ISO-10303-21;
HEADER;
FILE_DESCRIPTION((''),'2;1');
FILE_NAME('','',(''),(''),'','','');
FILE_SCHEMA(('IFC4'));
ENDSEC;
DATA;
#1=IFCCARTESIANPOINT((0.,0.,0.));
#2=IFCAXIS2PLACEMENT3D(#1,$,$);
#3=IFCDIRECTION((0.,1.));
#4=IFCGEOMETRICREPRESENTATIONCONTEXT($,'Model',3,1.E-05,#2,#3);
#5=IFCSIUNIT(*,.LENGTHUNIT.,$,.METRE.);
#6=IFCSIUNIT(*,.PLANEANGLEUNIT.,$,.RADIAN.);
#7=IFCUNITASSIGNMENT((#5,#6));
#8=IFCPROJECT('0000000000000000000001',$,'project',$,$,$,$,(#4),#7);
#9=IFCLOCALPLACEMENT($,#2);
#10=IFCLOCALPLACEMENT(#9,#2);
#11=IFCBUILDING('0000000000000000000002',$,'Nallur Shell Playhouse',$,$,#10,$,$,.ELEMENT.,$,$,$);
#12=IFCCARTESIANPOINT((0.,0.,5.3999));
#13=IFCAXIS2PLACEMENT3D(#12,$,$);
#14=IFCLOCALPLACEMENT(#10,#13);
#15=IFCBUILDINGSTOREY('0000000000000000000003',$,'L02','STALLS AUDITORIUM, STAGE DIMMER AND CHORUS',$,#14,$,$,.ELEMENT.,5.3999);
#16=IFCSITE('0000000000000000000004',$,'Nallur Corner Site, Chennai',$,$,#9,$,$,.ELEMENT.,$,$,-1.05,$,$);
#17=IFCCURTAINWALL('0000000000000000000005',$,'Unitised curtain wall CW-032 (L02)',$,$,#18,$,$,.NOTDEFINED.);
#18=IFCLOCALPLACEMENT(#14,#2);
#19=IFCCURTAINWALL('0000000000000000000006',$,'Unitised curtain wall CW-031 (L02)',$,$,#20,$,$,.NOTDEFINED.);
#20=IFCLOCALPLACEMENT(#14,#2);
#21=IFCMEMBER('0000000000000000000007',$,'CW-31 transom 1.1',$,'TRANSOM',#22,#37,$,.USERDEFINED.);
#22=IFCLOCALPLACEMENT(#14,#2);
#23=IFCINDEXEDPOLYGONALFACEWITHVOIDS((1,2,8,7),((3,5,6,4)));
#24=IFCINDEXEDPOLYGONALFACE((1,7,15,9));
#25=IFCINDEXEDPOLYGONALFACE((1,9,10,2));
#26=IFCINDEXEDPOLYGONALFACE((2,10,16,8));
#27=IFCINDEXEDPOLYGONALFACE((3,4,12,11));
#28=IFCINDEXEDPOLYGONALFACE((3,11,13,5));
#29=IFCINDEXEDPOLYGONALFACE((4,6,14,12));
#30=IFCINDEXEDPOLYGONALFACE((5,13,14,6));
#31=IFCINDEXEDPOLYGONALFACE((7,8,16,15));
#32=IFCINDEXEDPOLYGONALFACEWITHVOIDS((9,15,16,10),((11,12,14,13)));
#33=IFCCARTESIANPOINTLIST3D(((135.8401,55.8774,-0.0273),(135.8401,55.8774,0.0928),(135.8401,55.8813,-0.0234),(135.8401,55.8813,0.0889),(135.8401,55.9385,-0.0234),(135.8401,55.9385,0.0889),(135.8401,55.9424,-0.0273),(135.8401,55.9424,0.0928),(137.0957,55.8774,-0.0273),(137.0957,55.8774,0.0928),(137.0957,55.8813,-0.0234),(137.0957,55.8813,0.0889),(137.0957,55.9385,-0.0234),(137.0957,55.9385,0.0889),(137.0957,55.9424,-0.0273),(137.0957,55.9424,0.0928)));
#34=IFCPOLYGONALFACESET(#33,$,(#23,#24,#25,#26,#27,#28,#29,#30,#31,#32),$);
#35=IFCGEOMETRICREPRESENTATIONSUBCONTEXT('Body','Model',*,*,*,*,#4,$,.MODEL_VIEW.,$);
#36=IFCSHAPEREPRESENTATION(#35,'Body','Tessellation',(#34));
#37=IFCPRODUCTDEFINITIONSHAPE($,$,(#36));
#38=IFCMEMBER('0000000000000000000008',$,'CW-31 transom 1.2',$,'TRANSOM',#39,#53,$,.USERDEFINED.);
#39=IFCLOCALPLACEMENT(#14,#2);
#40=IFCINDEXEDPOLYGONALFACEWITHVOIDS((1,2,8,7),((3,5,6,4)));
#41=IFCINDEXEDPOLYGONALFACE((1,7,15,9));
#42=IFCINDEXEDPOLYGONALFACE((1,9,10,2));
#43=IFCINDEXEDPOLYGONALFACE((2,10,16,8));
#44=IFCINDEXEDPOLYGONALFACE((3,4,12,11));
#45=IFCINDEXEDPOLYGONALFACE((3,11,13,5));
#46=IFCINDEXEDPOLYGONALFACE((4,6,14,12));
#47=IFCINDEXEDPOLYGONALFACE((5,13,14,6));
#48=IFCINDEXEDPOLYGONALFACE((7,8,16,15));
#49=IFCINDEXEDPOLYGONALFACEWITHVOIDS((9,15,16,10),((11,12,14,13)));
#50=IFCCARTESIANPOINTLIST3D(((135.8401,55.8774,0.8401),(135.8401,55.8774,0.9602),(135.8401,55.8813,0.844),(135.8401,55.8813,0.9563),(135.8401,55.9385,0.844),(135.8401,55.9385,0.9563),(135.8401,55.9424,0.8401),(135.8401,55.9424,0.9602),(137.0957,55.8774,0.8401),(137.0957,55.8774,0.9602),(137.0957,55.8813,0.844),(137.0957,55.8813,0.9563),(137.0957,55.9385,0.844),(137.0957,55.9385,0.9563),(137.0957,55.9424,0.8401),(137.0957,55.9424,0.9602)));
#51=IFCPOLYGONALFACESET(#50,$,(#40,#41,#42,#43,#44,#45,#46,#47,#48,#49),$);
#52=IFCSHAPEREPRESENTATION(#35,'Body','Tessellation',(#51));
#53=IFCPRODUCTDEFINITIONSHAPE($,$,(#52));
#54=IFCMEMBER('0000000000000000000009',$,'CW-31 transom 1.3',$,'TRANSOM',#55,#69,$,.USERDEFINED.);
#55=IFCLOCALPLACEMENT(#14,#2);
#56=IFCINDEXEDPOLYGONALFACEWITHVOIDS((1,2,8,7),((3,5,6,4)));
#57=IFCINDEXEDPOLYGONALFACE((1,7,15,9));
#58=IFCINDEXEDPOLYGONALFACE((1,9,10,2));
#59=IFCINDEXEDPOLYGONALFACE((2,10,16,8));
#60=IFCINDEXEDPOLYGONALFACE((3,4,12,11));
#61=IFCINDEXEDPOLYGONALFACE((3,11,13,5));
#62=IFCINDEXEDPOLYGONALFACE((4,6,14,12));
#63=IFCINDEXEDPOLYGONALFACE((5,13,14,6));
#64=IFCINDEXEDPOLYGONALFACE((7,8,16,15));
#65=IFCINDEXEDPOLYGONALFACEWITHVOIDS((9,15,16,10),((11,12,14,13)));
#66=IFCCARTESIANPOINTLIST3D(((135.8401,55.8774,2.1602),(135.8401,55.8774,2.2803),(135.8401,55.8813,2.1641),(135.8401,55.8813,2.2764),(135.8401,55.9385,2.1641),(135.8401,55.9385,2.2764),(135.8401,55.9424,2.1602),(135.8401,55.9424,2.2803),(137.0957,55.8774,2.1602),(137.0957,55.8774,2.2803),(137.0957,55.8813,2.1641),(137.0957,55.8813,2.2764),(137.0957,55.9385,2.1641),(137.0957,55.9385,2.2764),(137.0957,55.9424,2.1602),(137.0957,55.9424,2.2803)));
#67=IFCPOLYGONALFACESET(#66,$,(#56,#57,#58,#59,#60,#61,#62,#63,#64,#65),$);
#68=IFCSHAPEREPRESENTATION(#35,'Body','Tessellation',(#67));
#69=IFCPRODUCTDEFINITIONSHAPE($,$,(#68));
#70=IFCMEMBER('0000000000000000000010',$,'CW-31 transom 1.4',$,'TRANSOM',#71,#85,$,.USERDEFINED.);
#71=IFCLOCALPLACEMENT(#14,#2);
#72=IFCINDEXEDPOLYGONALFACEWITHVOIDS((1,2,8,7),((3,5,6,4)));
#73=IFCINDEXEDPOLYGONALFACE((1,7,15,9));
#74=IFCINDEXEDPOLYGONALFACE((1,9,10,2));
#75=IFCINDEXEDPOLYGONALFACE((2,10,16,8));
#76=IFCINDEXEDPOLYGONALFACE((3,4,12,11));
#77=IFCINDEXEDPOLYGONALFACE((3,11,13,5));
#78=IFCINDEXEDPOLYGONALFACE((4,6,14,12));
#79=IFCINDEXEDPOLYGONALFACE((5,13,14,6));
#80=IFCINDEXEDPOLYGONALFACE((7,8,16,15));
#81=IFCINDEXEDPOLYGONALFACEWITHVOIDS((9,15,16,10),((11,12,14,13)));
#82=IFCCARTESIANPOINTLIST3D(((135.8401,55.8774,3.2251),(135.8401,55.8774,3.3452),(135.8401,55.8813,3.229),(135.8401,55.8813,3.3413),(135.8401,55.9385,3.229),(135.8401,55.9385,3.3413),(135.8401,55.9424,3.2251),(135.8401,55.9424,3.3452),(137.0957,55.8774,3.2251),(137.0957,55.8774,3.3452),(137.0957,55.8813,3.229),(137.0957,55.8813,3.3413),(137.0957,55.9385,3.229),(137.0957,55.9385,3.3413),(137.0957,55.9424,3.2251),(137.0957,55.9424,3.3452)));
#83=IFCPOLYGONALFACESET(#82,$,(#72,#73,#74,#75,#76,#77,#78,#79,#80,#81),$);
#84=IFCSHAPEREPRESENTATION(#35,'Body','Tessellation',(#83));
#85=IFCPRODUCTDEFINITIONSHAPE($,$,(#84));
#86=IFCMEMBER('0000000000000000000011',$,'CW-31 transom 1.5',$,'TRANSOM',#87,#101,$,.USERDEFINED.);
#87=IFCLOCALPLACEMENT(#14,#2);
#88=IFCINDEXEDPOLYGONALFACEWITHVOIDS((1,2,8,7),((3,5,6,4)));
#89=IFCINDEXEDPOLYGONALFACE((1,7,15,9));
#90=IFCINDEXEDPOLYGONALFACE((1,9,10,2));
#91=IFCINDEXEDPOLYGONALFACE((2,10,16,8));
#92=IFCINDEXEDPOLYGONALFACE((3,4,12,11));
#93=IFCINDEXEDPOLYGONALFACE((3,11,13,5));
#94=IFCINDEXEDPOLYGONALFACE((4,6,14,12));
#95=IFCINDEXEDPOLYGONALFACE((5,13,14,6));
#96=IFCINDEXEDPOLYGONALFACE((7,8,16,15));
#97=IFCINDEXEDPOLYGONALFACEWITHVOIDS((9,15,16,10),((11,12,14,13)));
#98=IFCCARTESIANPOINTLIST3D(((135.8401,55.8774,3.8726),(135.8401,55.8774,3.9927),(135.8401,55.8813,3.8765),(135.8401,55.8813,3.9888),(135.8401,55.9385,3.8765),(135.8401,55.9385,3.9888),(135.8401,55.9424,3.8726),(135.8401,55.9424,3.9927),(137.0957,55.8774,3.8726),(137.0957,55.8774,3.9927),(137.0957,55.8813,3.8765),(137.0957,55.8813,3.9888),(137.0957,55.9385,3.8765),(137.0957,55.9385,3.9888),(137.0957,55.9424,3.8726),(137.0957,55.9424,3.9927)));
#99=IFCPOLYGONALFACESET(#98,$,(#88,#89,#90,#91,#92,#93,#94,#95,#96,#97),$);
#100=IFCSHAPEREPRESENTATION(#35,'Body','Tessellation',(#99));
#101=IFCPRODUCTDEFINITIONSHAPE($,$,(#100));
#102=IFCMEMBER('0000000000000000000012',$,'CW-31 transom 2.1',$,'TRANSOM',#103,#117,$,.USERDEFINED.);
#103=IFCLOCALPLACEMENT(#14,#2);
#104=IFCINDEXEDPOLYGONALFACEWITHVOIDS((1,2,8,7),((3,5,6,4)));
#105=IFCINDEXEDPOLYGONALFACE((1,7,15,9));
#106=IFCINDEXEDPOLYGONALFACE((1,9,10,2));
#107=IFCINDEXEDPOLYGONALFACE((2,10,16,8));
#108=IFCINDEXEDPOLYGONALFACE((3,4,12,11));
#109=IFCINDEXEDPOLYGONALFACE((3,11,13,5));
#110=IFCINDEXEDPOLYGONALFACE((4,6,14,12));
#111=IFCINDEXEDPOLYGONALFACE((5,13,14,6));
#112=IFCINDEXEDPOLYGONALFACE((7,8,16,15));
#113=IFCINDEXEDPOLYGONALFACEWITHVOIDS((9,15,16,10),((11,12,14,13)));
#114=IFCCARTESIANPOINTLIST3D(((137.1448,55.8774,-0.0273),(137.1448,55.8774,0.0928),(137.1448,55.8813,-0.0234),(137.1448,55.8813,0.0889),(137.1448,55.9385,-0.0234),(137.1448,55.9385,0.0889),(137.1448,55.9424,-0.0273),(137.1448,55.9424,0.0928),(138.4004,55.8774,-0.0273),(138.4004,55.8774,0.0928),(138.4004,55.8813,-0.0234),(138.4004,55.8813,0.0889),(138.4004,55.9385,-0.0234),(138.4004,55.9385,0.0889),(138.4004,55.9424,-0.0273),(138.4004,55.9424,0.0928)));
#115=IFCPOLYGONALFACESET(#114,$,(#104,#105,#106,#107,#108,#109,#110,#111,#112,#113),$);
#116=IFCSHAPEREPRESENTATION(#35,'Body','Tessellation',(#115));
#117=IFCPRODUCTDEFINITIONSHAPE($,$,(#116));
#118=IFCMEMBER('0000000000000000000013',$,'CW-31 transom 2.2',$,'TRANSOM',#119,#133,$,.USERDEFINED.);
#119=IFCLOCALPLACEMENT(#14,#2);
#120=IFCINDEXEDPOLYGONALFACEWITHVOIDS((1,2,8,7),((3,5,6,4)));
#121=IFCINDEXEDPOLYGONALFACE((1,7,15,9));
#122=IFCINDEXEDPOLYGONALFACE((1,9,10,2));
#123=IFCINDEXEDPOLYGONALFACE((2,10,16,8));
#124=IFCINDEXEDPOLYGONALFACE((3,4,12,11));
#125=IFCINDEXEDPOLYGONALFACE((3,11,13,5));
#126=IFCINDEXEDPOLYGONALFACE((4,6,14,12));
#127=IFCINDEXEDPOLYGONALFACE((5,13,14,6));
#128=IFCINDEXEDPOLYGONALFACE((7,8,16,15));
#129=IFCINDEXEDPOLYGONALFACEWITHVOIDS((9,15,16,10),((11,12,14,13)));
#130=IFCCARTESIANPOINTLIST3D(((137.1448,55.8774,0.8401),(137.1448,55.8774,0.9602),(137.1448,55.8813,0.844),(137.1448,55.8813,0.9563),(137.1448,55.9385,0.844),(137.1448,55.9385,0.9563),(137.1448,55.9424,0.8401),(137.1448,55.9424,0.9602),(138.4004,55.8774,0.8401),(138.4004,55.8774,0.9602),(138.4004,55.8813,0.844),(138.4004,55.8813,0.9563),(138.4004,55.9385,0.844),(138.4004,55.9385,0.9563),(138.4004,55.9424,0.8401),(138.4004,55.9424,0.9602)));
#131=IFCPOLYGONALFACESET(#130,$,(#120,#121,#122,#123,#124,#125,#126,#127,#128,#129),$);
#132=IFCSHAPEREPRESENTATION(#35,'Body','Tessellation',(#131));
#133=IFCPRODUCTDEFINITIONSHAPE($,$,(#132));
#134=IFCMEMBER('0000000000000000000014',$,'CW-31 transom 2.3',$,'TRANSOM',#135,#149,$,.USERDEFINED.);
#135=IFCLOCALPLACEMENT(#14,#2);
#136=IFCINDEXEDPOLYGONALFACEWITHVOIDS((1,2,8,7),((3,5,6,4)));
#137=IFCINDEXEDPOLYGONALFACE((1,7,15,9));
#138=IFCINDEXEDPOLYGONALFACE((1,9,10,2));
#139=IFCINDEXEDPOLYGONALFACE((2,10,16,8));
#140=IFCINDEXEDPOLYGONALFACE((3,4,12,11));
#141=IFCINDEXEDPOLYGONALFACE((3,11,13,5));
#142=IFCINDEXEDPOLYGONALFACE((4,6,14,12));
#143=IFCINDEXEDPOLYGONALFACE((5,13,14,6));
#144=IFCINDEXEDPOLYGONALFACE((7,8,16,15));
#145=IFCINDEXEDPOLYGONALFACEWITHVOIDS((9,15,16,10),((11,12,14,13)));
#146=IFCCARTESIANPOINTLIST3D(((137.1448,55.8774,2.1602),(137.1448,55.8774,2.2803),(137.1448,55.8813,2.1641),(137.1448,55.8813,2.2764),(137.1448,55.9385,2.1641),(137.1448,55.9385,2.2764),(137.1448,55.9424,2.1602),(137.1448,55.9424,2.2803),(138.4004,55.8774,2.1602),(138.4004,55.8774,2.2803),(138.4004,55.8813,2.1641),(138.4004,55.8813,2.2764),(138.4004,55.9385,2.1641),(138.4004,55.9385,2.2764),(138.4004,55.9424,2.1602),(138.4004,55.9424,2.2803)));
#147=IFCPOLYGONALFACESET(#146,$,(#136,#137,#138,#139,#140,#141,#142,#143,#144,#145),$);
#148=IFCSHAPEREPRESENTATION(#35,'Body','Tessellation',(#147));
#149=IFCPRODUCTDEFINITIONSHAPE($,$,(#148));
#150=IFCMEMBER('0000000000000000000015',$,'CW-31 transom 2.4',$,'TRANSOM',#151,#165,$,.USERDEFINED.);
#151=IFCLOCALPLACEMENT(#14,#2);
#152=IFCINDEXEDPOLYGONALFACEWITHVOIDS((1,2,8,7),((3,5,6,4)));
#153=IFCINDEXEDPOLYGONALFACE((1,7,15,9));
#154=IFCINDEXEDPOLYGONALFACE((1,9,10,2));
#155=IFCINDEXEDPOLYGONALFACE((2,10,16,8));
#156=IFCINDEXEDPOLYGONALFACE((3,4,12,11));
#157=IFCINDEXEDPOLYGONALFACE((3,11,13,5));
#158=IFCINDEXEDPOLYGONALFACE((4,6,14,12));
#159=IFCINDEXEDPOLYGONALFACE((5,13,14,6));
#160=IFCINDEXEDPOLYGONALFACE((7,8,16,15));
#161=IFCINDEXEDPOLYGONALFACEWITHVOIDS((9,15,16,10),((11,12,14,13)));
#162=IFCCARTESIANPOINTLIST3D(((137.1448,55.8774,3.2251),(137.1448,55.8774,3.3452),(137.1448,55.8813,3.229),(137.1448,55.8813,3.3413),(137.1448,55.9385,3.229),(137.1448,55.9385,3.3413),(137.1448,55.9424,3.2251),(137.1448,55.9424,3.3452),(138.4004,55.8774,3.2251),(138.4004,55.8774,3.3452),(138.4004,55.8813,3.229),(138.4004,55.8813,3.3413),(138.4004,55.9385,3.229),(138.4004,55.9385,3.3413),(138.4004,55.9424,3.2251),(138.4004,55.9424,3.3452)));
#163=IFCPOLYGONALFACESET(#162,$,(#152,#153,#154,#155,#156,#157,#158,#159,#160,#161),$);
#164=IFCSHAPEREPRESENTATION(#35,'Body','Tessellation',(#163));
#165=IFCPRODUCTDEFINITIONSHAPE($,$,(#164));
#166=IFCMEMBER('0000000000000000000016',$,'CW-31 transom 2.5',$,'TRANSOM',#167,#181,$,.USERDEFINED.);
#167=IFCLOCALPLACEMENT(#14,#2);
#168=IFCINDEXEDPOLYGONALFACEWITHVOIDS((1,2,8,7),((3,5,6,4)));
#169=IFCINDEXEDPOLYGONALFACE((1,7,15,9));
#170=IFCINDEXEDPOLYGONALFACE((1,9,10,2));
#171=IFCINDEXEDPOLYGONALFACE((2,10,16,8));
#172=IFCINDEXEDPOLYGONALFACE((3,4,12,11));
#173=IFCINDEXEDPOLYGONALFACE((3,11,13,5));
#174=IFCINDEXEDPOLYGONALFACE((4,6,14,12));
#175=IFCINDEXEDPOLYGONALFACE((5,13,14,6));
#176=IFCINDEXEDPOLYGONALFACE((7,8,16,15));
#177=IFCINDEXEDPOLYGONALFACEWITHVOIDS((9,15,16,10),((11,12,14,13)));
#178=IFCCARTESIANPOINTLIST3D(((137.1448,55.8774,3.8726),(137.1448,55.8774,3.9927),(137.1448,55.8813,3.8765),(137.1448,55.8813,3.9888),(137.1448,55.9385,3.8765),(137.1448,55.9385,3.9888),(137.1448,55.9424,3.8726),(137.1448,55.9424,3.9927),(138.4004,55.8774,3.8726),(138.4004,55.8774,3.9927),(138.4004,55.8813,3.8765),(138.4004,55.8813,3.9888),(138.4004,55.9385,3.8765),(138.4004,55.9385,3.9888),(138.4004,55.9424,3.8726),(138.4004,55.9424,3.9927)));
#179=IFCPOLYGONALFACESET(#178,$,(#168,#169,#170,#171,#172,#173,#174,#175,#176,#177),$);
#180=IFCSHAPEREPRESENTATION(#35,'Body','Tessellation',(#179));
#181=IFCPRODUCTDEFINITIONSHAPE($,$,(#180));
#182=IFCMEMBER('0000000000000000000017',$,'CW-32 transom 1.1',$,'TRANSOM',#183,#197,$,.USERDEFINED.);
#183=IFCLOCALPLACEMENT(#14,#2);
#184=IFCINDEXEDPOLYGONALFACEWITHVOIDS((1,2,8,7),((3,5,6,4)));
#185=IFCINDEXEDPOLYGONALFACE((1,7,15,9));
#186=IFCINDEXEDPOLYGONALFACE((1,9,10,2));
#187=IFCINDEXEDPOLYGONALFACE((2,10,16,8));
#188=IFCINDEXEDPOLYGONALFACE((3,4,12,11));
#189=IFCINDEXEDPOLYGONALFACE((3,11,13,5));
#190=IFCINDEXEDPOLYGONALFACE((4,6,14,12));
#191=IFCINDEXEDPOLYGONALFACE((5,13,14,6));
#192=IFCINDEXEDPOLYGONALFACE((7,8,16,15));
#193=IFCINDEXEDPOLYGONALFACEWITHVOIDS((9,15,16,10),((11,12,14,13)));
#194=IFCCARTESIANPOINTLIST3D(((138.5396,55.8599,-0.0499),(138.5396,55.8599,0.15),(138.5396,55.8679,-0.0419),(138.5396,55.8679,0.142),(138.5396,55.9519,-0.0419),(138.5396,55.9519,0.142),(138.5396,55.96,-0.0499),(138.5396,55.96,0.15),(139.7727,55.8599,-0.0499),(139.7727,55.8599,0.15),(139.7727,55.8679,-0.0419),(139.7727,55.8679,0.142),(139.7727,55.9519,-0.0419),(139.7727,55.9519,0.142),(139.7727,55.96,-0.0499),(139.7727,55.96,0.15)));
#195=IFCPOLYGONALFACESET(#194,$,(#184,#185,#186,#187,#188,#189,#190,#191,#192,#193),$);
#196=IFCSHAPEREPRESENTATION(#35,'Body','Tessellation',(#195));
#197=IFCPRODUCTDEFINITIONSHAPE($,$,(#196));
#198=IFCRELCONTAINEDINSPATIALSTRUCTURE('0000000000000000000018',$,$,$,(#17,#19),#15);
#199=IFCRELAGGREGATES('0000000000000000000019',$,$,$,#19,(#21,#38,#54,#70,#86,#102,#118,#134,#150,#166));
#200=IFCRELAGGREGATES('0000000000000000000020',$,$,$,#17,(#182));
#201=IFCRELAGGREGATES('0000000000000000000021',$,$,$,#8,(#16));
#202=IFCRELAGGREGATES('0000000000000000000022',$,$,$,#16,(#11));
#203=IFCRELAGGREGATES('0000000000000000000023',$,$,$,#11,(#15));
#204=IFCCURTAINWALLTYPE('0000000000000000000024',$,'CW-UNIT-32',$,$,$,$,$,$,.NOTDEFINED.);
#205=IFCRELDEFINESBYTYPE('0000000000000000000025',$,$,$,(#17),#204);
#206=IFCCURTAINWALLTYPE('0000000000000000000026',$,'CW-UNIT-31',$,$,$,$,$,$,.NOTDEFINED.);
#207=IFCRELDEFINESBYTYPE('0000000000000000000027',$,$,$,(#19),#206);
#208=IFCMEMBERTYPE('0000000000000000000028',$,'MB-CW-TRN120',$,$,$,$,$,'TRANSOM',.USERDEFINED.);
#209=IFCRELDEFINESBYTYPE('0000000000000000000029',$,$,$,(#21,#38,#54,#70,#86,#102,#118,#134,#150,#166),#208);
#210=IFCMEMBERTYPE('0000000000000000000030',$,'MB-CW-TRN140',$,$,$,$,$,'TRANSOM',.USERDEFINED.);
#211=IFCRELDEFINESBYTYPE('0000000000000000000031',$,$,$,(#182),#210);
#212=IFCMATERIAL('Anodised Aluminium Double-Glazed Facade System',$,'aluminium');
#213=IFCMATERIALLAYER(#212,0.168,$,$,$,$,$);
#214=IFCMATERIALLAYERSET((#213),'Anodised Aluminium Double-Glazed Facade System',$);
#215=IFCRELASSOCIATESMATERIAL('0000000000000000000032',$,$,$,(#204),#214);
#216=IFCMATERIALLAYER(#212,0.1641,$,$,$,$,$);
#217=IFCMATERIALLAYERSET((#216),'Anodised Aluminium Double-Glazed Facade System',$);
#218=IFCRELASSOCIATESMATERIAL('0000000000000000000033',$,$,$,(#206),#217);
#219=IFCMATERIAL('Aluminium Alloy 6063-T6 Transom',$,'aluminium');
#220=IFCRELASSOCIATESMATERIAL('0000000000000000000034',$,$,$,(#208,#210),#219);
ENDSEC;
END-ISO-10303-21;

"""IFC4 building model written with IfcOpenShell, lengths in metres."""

from ifc_helpers import new_model, si_unit, direction, frame, origin, origin_2d, place, context, subcontext, project, spatial, hollow_rectangle, extrude, material, layer, layer_set, material_profile, profile_set, type_object, element, aggregate, save


model = new_model("IFC4")

# Units and contexts
model_context = context("Model", 3, precision=1e-05, world=origin(), true_north=direction((0.0, 1.0)))
body_context = subcontext(model_context, "Body", "Model", "MODEL_VIEW")
ifc_project = project(units=[si_unit("LENGTHUNIT", "METRE"), si_unit("PLANEANGLEUNIT", "RADIAN")], contexts=[model_context])

# Site, building, storey
site_placement = place(None, origin())
site = spatial("IfcSite", under=ifc_project, at=site_placement, Name="Nallur Corner Site, Chennai", CompositionType="ELEMENT", RefElevation=-1.05)
building_placement = place(site_placement, origin())
building = spatial("IfcBuilding", under=site, at=building_placement, Name="Nallur Shell Playhouse", CompositionType="ELEMENT")
storey_placement = place(building_placement, frame((0.0, 0.0, 5.3999)))
storey = spatial("IfcBuildingStorey", under=building, at=storey_placement, Name="L02", Description="STALLS AUDITORIUM, STAGE DIMMER AND CHORUS", CompositionType="ELEMENT", Elevation=5.3999)

# Curtain walls
ifc_material_1 = material(Name="Anodised Aluminium Double-Glazed Facade System", Category="aluminium")
ifc_layer_1 = layer(ifc_material_1, 0.168)
ifc_layer_set_1 = layer_set([ifc_layer_1], Name="Anodised Aluminium Double-Glazed Facade System")
curtain_wall_type_1 = type_object("IfcCurtainWallType", Name="CW-UNIT-32", PredefinedType="NOTDEFINED", material=ifc_layer_set_1)
curtain_wall_1_placement = place(storey_placement, origin())
curtain_wall_1 = element("IfcCurtainWall", 1, at=curtain_wall_1_placement, inside=storey, type_object=curtain_wall_type_1, Name="Unitised curtain wall CW-032 (L02)", PredefinedType="NOTDEFINED")
ifc_layer_2 = layer(ifc_material_1, 0.1641)
ifc_layer_set_2 = layer_set([ifc_layer_2], Name="Anodised Aluminium Double-Glazed Facade System")
curtain_wall_type_2 = type_object("IfcCurtainWallType", Name="CW-UNIT-31", PredefinedType="NOTDEFINED", material=ifc_layer_set_2)
curtain_wall_2_placement = place(storey_placement, origin())
curtain_wall_2 = element("IfcCurtainWall", 2, at=curtain_wall_2_placement, inside=storey, type_object=curtain_wall_type_2, Name="Unitised curtain wall CW-031 (L02)", PredefinedType="NOTDEFINED")

# Members
ifc_material_2 = material(Name="Aluminium Alloy 6063-T6 Transom", Category="aluminium")
ifc_material_profile_1 = material_profile(ifc_material_2, hollow_rectangle(XDim=0.0649, YDim=0.1201, WallThickness=0.0039, at=origin_2d()), Name="ALU 65x120x4")
ifc_profile_set_1 = profile_set([ifc_material_profile_1], Name="Aluminium Alloy 6063-T6 Transom")
member_type_1 = type_object("IfcMemberType", Name="MB-CW-TRN120", ElementType="TRANSOM", PredefinedType="USERDEFINED", material=ifc_profile_set_1)
member_1_placement = place(storey_placement, frame((135.8401, 55.9099, 0.0327), z_axis=(1.0, 0.0, 0.0), x_axis=(0.0, 1.0, 0.0)))
member_1 = element("IfcMember", 3, at=member_1_placement, type_object=member_type_1, Name="CW-31 transom 1.1", ObjectType="TRANSOM", PredefinedType="USERDEFINED", context=body_context, shape_type="SweptSolid", body=[
    extrude(hollow_rectangle(XDim=0.0649, YDim=0.1201, WallThickness=0.0039, at=origin_2d()), origin(), (0.0, 0.0, 1.0), 1.2556),
])
member_2_placement = place(storey_placement, frame((135.8401, 55.9099, 0.9001), z_axis=(1.0, 0.0, 0.0), x_axis=(0.0, 1.0, 0.0)))
member_2 = element("IfcMember", 4, at=member_2_placement, type_object=member_type_1, Name="CW-31 transom 1.2", ObjectType="TRANSOM", PredefinedType="USERDEFINED", context=body_context, shape_type="SweptSolid", body=[
    extrude(hollow_rectangle(XDim=0.0649, YDim=0.1201, WallThickness=0.0039, at=origin_2d()), origin(), (0.0, 0.0, 1.0), 1.2556),
])
member_3_placement = place(storey_placement, frame((135.8401, 55.9099, 2.2202), z_axis=(1.0, 0.0, 0.0), x_axis=(0.0, 1.0, 0.0)))
member_3 = element("IfcMember", 5, at=member_3_placement, type_object=member_type_1, Name="CW-31 transom 1.3", ObjectType="TRANSOM", PredefinedType="USERDEFINED", context=body_context, shape_type="SweptSolid", body=[
    extrude(hollow_rectangle(XDim=0.0649, YDim=0.1201, WallThickness=0.0039, at=origin_2d()), origin(), (0.0, 0.0, 1.0), 1.2556),
])
member_4_placement = place(storey_placement, frame((135.8401, 55.9099, 3.2852), z_axis=(1.0, 0.0, 0.0), x_axis=(0.0, 1.0, 0.0)))
member_4 = element("IfcMember", 6, at=member_4_placement, type_object=member_type_1, Name="CW-31 transom 1.4", ObjectType="TRANSOM", PredefinedType="USERDEFINED", context=body_context, shape_type="SweptSolid", body=[
    extrude(hollow_rectangle(XDim=0.0649, YDim=0.1201, WallThickness=0.0039, at=origin_2d()), origin(), (0.0, 0.0, 1.0), 1.2556),
])
member_5_placement = place(storey_placement, frame((135.8401, 55.9099, 3.9326), z_axis=(1.0, 0.0, 0.0), x_axis=(0.0, 1.0, 0.0)))
member_5 = element("IfcMember", 7, at=member_5_placement, type_object=member_type_1, Name="CW-31 transom 1.5", ObjectType="TRANSOM", PredefinedType="USERDEFINED", context=body_context, shape_type="SweptSolid", body=[
    extrude(hollow_rectangle(XDim=0.0649, YDim=0.1201, WallThickness=0.0039, at=origin_2d()), origin(), (0.0, 0.0, 1.0), 1.2556),
])
member_6_placement = place(storey_placement, frame((137.1448, 55.9099, 0.0327), z_axis=(1.0, 0.0, 0.0), x_axis=(0.0, 1.0, 0.0)))
member_6 = element("IfcMember", 8, at=member_6_placement, type_object=member_type_1, Name="CW-31 transom 2.1", ObjectType="TRANSOM", PredefinedType="USERDEFINED", context=body_context, shape_type="SweptSolid", body=[
    extrude(hollow_rectangle(XDim=0.0649, YDim=0.1201, WallThickness=0.0039, at=origin_2d()), origin(), (0.0, 0.0, 1.0), 1.2556),
])
member_7_placement = place(storey_placement, frame((137.1448, 55.9099, 0.9001), z_axis=(1.0, 0.0, 0.0), x_axis=(0.0, 1.0, 0.0)))
member_7 = element("IfcMember", 9, at=member_7_placement, type_object=member_type_1, Name="CW-31 transom 2.2", ObjectType="TRANSOM", PredefinedType="USERDEFINED", context=body_context, shape_type="SweptSolid", body=[
    extrude(hollow_rectangle(XDim=0.0649, YDim=0.1201, WallThickness=0.0039, at=origin_2d()), origin(), (0.0, 0.0, 1.0), 1.2556),
])
member_8_placement = place(storey_placement, frame((137.1448, 55.9099, 2.2202), z_axis=(1.0, 0.0, 0.0), x_axis=(0.0, 1.0, 0.0)))
member_8 = element("IfcMember", 10, at=member_8_placement, type_object=member_type_1, Name="CW-31 transom 2.3", ObjectType="TRANSOM", PredefinedType="USERDEFINED", context=body_context, shape_type="SweptSolid", body=[
    extrude(hollow_rectangle(XDim=0.0649, YDim=0.1201, WallThickness=0.0039, at=origin_2d()), origin(), (0.0, 0.0, 1.0), 1.2556),
])
member_9_placement = place(storey_placement, frame((137.1448, 55.9099, 3.2852), z_axis=(1.0, 0.0, 0.0), x_axis=(0.0, 1.0, 0.0)))
member_9 = element("IfcMember", 11, at=member_9_placement, type_object=member_type_1, Name="CW-31 transom 2.4", ObjectType="TRANSOM", PredefinedType="USERDEFINED", context=body_context, shape_type="SweptSolid", body=[
    extrude(hollow_rectangle(XDim=0.0649, YDim=0.1201, WallThickness=0.0039, at=origin_2d()), origin(), (0.0, 0.0, 1.0), 1.2556),
])
member_10_placement = place(storey_placement, frame((137.1448, 55.9099, 3.9326), z_axis=(1.0, 0.0, 0.0), x_axis=(0.0, 1.0, 0.0)))
member_10 = element("IfcMember", 12, at=member_10_placement, type_object=member_type_1, Name="CW-31 transom 2.5", ObjectType="TRANSOM", PredefinedType="USERDEFINED", context=body_context, shape_type="SweptSolid", body=[
    extrude(hollow_rectangle(XDim=0.0649, YDim=0.1201, WallThickness=0.0039, at=origin_2d()), origin(), (0.0, 0.0, 1.0), 1.2556),
])
ifc_material_profile_2 = material_profile(ifc_material_2, hollow_rectangle(XDim=0.1001, YDim=0.2, WallThickness=0.0081, at=origin_2d()), Name="RHS 200x100x8")
ifc_profile_set_2 = profile_set([ifc_material_profile_2], Name="Aluminium Alloy 6063-T6 Transom")
member_type_2 = type_object("IfcMemberType", Name="MB-CW-TRN140", ElementType="TRANSOM", PredefinedType="USERDEFINED", material=ifc_profile_set_2)
member_11_placement = place(storey_placement, frame((138.5396, 55.9099, 0.05), z_axis=(1.0, 0.0, 0.0), x_axis=(0.0, 1.0, 0.0)))
member_11 = element("IfcMember", 13, at=member_11_placement, type_object=member_type_2, Name="CW-32 transom 1.1", ObjectType="TRANSOM", PredefinedType="USERDEFINED", context=body_context, shape_type="SweptSolid", body=[
    extrude(hollow_rectangle(XDim=0.1001, YDim=0.2, WallThickness=0.0081, at=origin_2d()), origin(), (0.0, 0.0, 1.0), 1.2332),
])

aggregate(curtain_wall_2, [member_1, member_2, member_3, member_4, member_5, member_6, member_7, member_8, member_9, member_10])
aggregate(curtain_wall_1, [member_11])

save(model, "model.ifc")
